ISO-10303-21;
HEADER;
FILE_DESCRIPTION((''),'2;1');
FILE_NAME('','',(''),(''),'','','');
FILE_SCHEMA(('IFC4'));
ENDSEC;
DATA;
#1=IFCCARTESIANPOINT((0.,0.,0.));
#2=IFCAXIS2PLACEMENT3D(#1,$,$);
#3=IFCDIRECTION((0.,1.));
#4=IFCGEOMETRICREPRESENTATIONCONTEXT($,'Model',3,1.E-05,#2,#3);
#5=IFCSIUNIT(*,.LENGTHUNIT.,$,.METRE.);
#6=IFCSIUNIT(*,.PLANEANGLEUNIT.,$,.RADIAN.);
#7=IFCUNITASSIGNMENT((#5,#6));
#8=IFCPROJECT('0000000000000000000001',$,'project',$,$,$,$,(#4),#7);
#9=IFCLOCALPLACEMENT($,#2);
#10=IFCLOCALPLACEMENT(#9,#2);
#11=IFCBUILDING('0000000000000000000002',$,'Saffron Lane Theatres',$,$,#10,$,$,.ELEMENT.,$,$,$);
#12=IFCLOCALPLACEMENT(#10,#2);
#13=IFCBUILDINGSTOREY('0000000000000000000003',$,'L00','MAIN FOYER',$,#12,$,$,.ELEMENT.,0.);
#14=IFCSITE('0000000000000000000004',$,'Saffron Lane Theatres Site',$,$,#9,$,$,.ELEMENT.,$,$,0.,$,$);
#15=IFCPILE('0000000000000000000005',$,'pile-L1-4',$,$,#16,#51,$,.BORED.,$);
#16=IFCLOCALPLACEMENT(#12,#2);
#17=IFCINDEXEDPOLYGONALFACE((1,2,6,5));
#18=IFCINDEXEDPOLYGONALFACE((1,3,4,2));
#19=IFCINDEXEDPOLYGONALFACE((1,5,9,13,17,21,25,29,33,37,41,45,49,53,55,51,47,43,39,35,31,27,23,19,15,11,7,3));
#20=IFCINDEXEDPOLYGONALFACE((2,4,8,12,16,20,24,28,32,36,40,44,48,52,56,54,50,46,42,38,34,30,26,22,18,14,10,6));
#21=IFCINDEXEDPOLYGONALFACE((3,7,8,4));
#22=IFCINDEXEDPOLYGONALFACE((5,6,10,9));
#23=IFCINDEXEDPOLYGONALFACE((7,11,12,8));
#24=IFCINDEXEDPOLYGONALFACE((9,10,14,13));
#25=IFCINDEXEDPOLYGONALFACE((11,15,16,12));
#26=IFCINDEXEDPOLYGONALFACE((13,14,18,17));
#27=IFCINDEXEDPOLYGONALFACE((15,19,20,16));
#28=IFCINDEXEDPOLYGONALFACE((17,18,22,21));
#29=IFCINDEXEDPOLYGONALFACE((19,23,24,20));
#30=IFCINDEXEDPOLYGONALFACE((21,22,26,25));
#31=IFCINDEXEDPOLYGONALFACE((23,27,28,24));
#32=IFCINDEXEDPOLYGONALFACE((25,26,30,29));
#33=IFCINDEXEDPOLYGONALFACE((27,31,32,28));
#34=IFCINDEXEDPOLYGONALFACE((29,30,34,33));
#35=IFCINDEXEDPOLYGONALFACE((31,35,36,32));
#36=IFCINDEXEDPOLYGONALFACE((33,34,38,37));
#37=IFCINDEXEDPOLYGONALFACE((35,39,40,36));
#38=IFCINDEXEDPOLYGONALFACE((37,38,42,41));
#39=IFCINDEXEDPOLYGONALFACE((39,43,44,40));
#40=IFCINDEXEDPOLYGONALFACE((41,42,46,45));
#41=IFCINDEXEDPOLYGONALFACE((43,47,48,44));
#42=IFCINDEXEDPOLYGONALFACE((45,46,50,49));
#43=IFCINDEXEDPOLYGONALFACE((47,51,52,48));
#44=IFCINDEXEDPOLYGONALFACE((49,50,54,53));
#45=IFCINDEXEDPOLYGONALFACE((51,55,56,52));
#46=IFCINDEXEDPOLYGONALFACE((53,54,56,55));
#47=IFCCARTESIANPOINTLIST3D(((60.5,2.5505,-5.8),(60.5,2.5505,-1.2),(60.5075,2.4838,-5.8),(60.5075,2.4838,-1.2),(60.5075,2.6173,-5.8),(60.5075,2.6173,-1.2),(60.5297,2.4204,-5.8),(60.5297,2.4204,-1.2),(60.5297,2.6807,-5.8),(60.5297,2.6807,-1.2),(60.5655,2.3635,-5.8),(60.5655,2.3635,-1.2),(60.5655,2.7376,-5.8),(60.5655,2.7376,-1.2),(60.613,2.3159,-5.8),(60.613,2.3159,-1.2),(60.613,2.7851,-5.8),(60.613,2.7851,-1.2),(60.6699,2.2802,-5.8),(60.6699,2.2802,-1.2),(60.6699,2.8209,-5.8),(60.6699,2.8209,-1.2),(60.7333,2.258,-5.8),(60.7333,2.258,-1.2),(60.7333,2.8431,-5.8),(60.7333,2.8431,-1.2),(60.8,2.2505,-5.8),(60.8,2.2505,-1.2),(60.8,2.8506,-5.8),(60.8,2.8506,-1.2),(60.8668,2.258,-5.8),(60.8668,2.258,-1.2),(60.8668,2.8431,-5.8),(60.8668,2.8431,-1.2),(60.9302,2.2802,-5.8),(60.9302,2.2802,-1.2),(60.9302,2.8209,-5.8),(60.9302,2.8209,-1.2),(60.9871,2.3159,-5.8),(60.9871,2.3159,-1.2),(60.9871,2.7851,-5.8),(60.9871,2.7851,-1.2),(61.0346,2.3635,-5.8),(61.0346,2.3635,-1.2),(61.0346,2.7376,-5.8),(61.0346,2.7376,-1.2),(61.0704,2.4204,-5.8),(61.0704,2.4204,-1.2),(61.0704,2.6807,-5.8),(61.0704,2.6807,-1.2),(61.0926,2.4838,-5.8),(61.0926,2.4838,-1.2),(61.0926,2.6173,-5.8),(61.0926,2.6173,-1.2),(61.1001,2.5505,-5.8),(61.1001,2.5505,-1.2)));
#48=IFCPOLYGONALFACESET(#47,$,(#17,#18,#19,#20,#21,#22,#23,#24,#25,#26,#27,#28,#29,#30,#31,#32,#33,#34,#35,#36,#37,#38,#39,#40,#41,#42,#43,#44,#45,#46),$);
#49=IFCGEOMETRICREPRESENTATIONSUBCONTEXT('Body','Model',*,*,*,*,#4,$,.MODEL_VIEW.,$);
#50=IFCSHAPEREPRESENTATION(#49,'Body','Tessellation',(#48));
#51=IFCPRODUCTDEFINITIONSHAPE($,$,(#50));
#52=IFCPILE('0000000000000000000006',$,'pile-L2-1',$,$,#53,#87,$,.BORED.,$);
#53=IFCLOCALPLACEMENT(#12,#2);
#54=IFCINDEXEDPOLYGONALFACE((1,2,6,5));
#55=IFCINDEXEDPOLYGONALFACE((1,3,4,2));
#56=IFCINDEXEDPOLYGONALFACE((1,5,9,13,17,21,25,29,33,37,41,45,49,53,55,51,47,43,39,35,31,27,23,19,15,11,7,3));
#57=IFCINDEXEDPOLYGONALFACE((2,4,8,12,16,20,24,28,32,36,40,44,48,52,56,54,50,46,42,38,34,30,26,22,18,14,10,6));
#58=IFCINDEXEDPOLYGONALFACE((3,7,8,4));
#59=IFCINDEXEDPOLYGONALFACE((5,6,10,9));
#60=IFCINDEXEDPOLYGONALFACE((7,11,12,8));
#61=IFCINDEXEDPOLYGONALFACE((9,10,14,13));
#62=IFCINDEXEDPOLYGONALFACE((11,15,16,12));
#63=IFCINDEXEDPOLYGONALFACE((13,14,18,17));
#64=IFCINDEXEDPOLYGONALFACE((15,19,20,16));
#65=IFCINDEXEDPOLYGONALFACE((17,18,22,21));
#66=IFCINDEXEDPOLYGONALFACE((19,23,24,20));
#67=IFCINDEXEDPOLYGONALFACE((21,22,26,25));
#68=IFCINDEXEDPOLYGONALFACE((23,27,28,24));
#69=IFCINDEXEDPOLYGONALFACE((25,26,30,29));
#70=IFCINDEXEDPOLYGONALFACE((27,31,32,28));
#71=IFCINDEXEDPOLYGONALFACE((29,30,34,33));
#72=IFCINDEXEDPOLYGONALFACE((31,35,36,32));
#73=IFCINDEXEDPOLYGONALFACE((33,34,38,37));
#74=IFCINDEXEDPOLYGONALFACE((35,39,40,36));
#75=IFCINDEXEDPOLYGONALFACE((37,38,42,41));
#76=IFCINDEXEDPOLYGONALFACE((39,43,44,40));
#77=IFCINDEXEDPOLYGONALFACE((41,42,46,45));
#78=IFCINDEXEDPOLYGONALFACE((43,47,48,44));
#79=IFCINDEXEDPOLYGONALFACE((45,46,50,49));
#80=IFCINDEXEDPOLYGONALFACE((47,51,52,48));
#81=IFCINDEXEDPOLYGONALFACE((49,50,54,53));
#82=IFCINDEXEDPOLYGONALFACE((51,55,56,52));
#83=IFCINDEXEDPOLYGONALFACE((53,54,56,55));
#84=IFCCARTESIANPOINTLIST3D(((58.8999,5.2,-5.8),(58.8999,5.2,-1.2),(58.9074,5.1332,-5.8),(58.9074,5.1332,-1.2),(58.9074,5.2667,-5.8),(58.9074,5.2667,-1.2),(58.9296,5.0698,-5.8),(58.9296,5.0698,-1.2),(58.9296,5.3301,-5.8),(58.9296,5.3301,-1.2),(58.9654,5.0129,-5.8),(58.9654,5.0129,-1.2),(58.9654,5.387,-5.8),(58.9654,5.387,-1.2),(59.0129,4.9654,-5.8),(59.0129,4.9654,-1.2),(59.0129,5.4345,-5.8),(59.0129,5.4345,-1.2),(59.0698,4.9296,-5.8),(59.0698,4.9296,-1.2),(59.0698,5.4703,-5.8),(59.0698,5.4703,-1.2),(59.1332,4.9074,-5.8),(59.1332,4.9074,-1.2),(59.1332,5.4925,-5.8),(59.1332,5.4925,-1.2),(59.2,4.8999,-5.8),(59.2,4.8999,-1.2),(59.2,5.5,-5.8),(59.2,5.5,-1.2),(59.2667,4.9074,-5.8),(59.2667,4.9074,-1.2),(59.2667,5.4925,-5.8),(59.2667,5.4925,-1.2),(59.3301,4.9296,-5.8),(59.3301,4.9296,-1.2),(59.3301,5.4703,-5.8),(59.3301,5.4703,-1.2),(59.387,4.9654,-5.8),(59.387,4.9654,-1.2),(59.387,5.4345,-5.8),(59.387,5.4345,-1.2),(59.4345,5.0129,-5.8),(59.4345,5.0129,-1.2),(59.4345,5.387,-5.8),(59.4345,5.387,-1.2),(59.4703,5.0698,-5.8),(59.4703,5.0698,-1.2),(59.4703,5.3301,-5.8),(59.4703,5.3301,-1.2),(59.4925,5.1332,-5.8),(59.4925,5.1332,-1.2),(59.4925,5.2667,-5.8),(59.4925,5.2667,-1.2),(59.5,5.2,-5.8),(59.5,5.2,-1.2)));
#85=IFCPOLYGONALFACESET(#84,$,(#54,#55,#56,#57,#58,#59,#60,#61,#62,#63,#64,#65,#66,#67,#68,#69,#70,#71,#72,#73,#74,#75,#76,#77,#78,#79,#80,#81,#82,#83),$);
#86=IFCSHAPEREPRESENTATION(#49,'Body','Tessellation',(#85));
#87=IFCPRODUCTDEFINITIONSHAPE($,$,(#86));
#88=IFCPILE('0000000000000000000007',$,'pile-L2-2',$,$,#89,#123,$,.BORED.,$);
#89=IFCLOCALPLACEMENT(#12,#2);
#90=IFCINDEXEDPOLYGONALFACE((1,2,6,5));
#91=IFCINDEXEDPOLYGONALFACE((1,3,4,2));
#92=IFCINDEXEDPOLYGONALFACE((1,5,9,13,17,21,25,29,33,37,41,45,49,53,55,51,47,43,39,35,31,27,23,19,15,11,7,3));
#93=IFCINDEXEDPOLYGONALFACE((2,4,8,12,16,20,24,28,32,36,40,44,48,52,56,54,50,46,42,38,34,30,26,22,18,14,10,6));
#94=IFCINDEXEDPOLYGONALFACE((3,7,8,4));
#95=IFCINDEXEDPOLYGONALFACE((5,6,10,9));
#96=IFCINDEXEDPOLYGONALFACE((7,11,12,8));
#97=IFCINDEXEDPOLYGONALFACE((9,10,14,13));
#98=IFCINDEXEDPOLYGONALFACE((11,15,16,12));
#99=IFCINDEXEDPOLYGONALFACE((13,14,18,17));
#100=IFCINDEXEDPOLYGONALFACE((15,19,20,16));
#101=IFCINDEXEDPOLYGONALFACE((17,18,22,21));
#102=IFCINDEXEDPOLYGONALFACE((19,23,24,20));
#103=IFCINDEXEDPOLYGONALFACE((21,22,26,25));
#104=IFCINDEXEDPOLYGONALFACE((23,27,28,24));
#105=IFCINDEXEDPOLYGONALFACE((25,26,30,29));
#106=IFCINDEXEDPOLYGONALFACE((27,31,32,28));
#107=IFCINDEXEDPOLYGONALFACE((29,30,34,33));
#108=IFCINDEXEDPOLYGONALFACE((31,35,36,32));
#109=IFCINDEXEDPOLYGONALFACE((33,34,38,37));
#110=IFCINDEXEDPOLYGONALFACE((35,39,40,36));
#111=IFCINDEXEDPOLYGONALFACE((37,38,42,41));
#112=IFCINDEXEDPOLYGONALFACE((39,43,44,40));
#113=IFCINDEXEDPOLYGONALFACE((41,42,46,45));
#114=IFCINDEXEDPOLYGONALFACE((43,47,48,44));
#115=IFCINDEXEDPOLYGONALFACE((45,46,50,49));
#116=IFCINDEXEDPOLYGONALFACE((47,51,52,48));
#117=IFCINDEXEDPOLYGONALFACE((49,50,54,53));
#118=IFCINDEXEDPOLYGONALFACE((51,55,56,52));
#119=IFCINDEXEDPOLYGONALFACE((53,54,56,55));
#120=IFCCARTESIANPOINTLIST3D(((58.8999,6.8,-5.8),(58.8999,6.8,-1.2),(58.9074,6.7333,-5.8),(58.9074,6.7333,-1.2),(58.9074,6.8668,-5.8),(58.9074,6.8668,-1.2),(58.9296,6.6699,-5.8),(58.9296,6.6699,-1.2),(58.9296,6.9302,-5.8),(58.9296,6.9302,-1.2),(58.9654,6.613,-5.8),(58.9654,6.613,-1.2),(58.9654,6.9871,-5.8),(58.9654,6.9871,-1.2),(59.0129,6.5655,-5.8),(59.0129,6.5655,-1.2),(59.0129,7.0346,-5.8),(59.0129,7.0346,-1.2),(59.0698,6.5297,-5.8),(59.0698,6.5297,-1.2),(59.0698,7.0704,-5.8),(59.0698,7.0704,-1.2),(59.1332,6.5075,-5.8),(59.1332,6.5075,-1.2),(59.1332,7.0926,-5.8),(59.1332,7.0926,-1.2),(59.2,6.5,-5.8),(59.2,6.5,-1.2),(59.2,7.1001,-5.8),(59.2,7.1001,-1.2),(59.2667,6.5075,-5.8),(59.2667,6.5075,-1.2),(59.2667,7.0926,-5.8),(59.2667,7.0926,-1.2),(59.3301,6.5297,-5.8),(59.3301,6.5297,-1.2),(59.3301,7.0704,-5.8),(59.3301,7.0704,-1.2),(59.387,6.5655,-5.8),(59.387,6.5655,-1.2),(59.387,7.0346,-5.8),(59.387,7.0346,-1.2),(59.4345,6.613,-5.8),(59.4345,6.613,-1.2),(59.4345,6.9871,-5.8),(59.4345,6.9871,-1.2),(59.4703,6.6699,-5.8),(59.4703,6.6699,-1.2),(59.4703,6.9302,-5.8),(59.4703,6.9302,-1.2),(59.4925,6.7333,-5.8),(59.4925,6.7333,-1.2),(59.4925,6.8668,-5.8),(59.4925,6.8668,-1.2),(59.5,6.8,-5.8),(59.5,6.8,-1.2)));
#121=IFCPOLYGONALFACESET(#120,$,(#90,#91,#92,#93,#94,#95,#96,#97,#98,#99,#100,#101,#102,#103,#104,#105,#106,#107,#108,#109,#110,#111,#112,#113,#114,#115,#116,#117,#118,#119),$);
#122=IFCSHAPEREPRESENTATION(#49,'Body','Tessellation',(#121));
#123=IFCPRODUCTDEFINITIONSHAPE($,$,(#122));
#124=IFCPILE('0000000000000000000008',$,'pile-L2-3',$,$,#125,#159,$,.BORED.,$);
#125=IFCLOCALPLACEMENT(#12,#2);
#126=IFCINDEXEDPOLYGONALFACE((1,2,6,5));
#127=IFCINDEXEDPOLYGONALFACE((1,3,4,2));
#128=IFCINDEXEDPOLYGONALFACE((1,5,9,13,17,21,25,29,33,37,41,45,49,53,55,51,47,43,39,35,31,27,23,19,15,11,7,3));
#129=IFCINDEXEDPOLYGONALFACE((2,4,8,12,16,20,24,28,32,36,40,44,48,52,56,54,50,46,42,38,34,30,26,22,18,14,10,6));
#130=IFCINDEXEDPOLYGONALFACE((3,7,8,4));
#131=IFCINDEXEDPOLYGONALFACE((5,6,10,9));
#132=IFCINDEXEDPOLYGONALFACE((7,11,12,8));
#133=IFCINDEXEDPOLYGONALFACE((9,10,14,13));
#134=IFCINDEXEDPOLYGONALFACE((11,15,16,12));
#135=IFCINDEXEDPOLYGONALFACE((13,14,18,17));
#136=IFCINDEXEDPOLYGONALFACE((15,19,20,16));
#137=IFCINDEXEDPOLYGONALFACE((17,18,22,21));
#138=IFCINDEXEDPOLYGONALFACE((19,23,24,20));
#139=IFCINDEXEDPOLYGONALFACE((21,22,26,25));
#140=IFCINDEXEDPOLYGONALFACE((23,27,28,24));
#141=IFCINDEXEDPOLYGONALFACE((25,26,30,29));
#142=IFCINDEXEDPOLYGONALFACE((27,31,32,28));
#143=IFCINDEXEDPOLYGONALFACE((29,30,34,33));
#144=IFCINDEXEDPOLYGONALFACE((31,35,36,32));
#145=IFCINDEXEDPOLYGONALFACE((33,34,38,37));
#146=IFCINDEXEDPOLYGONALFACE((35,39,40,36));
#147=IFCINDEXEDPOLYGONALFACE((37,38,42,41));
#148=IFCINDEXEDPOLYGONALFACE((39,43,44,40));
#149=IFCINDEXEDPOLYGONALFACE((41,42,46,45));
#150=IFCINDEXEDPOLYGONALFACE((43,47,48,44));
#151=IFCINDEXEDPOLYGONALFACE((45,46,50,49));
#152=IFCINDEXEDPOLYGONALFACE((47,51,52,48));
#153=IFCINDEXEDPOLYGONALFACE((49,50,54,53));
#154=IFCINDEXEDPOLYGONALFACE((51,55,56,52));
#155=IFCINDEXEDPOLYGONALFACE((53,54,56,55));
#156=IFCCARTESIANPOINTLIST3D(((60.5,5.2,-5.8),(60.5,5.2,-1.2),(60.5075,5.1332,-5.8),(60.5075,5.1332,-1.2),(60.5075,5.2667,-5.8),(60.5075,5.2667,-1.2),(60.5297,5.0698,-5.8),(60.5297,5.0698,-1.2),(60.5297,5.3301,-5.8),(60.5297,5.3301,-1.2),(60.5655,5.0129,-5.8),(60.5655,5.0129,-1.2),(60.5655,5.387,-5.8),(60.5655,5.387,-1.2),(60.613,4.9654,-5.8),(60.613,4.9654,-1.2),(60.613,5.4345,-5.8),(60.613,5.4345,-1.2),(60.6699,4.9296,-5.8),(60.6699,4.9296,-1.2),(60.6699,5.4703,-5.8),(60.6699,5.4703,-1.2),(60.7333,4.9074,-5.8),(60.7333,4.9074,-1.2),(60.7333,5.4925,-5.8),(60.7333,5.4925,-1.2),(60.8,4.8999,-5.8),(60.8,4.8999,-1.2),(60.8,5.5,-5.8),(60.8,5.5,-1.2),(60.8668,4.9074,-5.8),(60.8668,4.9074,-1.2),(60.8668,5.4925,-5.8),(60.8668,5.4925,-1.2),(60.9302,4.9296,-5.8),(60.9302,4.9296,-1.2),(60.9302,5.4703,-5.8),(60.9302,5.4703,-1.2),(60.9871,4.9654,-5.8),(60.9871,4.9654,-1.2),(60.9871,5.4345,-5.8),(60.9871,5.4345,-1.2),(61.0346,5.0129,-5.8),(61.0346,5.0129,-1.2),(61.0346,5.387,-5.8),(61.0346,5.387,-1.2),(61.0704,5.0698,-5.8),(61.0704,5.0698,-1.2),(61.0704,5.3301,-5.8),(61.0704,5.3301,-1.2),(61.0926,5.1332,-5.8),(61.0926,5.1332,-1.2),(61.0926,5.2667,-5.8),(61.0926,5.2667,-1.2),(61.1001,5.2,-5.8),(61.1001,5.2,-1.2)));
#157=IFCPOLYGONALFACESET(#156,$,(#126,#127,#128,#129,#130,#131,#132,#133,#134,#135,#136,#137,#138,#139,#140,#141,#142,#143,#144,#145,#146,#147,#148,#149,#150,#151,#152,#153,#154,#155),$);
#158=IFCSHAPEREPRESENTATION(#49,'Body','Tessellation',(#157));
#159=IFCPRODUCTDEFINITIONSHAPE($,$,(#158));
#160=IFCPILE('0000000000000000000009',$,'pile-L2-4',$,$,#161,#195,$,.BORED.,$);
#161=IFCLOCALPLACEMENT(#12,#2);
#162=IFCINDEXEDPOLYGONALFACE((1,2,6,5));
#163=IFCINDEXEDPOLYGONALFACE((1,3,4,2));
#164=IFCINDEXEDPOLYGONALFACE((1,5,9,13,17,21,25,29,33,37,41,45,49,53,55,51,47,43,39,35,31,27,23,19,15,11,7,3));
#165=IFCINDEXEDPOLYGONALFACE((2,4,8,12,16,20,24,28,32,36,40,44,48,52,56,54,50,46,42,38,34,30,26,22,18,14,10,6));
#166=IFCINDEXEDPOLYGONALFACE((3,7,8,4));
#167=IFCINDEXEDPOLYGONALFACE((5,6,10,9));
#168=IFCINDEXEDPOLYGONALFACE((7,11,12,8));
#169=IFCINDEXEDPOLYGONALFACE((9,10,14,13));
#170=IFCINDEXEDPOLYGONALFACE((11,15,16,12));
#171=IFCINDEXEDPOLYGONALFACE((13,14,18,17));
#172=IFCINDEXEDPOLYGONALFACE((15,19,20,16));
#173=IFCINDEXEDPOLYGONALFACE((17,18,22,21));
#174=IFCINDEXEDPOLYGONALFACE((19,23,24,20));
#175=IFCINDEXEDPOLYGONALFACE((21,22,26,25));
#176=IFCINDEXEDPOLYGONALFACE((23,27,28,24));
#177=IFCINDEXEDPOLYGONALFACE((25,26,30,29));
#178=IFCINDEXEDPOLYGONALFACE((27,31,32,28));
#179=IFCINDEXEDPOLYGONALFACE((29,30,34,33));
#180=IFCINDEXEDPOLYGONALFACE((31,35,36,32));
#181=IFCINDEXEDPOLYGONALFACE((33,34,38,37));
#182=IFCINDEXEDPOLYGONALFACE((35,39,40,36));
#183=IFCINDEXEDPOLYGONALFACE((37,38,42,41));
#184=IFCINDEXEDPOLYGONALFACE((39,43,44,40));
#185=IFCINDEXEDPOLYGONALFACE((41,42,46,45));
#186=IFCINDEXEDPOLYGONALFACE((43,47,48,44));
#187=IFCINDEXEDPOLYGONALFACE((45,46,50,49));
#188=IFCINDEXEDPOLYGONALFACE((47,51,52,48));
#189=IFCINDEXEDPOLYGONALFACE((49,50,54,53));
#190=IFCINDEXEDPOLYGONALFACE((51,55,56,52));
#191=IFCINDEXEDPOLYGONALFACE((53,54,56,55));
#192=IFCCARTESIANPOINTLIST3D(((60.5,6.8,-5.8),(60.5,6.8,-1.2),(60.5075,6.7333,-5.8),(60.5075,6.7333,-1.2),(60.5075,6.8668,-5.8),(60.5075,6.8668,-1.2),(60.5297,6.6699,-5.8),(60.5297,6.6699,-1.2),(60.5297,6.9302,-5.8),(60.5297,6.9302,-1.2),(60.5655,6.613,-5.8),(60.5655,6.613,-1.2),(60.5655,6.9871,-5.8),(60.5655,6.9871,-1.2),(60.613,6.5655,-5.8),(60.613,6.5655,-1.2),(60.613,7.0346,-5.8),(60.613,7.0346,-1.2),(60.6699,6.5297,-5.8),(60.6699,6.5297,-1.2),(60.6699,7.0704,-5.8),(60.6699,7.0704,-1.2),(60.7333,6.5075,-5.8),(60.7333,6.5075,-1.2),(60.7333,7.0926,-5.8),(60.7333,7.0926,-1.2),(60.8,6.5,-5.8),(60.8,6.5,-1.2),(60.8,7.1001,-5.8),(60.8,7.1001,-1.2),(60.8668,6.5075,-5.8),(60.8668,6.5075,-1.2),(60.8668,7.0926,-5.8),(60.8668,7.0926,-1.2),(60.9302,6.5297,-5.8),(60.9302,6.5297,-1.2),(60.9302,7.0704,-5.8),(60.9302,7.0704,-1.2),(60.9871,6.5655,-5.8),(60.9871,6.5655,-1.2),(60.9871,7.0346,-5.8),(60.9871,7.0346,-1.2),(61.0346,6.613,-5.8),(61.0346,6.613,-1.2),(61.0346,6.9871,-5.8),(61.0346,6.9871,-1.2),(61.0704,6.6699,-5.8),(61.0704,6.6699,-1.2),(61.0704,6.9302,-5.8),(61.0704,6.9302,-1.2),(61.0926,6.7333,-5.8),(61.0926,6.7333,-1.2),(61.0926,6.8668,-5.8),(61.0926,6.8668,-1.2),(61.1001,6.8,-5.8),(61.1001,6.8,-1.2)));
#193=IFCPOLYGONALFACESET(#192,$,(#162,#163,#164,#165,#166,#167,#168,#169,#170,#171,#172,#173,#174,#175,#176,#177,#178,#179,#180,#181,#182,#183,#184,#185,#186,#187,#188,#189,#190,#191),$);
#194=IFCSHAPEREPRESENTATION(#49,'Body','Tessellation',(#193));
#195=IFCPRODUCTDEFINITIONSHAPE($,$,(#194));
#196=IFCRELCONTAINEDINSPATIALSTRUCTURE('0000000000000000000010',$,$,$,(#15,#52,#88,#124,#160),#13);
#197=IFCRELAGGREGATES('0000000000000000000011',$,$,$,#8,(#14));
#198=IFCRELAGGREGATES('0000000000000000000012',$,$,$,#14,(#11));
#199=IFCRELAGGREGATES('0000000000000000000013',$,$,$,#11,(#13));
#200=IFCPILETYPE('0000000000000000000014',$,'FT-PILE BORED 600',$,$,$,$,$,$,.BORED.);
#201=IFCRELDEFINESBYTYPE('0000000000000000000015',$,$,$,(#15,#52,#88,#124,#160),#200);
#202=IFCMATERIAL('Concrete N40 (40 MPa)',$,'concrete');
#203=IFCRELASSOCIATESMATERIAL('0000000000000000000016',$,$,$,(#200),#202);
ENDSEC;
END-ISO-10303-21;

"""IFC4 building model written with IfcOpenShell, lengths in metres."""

from ifc_helpers import new_model, si_unit, direction, frame, origin, origin_2d, place, context, subcontext, project, spatial, circle, extrude, material, material_profile, profile_set, type_object, element, save


model = new_model("IFC4")

# Units and contexts
model_context = context("Model", 3, precision=1e-05, world=origin(), true_north=direction((0.0, 1.0)))
body_context = subcontext(model_context, "Body", "Model", "MODEL_VIEW")
ifc_project = project(units=[si_unit("LENGTHUNIT", "METRE"), si_unit("PLANEANGLEUNIT", "RADIAN")], contexts=[model_context])

# Site, building, storey
site_placement = place(None, origin())
site = spatial("IfcSite", under=ifc_project, at=site_placement, Name="Saffron Lane Theatres Site", CompositionType="ELEMENT", RefElevation=0.0)
building_placement = place(site_placement, origin())
building = spatial("IfcBuilding", under=site, at=building_placement, Name="Saffron Lane Theatres", CompositionType="ELEMENT")
storey_placement = place(building_placement, origin())
storey = spatial("IfcBuildingStorey", under=building, at=storey_placement, Name="L00", Description="MAIN FOYER", CompositionType="ELEMENT", Elevation=0.0)

# Piles
ifc_material_1 = material(Name="Concrete N40 (40 MPa)", Category="concrete")
ifc_material_profile_1 = material_profile(ifc_material_1, circle(Radius=0.3, at=origin_2d()))
ifc_profile_set_1 = profile_set([ifc_material_profile_1], Name="Concrete N40 (40 MPa)")
pile_type = type_object("IfcPileType", Name="FT-PILE BORED 600", PredefinedType="BORED", material=ifc_profile_set_1)
for number, where, z_axis, x_axis, name in (
    (1, (60.8, 2.5505, -1.2), (0.0, 0.0, -1.0), (1.0, 0.0, 0.0), "pile-L1-4"),
    (2, (59.2, 5.2, -1.2), (0.0, 0.0, -1.0), (1.0, 0.0, 0.0), "pile-L2-1"),
    (3, (59.2, 6.8, -1.2), (0.0, 0.0, -1.0), (1.0, 0.0, 0.0), "pile-L2-2"),
    (4, (60.8, 5.2, -1.2), (0.0, 0.0, -1.0), (1.0, 0.0, 0.0), "pile-L2-3"),
    (5, (60.8, 6.8, -1.2), (0.0, 0.0, -1.0), (1.0, 0.0, 0.0), "pile-L2-4"),
):
    element("IfcPile", number, at=place(storey_placement, frame(where, z_axis=z_axis, x_axis=x_axis)), inside=storey, type_object=pile_type, Name=name, PredefinedType="BORED", context=body_context, shape_type="SweptSolid", body=[
        extrude(circle(Radius=0.3, at=origin_2d()), origin(), (0.0, 0.0, 1.0), 4.6001),
    ])

save(model, "model.ifc")
